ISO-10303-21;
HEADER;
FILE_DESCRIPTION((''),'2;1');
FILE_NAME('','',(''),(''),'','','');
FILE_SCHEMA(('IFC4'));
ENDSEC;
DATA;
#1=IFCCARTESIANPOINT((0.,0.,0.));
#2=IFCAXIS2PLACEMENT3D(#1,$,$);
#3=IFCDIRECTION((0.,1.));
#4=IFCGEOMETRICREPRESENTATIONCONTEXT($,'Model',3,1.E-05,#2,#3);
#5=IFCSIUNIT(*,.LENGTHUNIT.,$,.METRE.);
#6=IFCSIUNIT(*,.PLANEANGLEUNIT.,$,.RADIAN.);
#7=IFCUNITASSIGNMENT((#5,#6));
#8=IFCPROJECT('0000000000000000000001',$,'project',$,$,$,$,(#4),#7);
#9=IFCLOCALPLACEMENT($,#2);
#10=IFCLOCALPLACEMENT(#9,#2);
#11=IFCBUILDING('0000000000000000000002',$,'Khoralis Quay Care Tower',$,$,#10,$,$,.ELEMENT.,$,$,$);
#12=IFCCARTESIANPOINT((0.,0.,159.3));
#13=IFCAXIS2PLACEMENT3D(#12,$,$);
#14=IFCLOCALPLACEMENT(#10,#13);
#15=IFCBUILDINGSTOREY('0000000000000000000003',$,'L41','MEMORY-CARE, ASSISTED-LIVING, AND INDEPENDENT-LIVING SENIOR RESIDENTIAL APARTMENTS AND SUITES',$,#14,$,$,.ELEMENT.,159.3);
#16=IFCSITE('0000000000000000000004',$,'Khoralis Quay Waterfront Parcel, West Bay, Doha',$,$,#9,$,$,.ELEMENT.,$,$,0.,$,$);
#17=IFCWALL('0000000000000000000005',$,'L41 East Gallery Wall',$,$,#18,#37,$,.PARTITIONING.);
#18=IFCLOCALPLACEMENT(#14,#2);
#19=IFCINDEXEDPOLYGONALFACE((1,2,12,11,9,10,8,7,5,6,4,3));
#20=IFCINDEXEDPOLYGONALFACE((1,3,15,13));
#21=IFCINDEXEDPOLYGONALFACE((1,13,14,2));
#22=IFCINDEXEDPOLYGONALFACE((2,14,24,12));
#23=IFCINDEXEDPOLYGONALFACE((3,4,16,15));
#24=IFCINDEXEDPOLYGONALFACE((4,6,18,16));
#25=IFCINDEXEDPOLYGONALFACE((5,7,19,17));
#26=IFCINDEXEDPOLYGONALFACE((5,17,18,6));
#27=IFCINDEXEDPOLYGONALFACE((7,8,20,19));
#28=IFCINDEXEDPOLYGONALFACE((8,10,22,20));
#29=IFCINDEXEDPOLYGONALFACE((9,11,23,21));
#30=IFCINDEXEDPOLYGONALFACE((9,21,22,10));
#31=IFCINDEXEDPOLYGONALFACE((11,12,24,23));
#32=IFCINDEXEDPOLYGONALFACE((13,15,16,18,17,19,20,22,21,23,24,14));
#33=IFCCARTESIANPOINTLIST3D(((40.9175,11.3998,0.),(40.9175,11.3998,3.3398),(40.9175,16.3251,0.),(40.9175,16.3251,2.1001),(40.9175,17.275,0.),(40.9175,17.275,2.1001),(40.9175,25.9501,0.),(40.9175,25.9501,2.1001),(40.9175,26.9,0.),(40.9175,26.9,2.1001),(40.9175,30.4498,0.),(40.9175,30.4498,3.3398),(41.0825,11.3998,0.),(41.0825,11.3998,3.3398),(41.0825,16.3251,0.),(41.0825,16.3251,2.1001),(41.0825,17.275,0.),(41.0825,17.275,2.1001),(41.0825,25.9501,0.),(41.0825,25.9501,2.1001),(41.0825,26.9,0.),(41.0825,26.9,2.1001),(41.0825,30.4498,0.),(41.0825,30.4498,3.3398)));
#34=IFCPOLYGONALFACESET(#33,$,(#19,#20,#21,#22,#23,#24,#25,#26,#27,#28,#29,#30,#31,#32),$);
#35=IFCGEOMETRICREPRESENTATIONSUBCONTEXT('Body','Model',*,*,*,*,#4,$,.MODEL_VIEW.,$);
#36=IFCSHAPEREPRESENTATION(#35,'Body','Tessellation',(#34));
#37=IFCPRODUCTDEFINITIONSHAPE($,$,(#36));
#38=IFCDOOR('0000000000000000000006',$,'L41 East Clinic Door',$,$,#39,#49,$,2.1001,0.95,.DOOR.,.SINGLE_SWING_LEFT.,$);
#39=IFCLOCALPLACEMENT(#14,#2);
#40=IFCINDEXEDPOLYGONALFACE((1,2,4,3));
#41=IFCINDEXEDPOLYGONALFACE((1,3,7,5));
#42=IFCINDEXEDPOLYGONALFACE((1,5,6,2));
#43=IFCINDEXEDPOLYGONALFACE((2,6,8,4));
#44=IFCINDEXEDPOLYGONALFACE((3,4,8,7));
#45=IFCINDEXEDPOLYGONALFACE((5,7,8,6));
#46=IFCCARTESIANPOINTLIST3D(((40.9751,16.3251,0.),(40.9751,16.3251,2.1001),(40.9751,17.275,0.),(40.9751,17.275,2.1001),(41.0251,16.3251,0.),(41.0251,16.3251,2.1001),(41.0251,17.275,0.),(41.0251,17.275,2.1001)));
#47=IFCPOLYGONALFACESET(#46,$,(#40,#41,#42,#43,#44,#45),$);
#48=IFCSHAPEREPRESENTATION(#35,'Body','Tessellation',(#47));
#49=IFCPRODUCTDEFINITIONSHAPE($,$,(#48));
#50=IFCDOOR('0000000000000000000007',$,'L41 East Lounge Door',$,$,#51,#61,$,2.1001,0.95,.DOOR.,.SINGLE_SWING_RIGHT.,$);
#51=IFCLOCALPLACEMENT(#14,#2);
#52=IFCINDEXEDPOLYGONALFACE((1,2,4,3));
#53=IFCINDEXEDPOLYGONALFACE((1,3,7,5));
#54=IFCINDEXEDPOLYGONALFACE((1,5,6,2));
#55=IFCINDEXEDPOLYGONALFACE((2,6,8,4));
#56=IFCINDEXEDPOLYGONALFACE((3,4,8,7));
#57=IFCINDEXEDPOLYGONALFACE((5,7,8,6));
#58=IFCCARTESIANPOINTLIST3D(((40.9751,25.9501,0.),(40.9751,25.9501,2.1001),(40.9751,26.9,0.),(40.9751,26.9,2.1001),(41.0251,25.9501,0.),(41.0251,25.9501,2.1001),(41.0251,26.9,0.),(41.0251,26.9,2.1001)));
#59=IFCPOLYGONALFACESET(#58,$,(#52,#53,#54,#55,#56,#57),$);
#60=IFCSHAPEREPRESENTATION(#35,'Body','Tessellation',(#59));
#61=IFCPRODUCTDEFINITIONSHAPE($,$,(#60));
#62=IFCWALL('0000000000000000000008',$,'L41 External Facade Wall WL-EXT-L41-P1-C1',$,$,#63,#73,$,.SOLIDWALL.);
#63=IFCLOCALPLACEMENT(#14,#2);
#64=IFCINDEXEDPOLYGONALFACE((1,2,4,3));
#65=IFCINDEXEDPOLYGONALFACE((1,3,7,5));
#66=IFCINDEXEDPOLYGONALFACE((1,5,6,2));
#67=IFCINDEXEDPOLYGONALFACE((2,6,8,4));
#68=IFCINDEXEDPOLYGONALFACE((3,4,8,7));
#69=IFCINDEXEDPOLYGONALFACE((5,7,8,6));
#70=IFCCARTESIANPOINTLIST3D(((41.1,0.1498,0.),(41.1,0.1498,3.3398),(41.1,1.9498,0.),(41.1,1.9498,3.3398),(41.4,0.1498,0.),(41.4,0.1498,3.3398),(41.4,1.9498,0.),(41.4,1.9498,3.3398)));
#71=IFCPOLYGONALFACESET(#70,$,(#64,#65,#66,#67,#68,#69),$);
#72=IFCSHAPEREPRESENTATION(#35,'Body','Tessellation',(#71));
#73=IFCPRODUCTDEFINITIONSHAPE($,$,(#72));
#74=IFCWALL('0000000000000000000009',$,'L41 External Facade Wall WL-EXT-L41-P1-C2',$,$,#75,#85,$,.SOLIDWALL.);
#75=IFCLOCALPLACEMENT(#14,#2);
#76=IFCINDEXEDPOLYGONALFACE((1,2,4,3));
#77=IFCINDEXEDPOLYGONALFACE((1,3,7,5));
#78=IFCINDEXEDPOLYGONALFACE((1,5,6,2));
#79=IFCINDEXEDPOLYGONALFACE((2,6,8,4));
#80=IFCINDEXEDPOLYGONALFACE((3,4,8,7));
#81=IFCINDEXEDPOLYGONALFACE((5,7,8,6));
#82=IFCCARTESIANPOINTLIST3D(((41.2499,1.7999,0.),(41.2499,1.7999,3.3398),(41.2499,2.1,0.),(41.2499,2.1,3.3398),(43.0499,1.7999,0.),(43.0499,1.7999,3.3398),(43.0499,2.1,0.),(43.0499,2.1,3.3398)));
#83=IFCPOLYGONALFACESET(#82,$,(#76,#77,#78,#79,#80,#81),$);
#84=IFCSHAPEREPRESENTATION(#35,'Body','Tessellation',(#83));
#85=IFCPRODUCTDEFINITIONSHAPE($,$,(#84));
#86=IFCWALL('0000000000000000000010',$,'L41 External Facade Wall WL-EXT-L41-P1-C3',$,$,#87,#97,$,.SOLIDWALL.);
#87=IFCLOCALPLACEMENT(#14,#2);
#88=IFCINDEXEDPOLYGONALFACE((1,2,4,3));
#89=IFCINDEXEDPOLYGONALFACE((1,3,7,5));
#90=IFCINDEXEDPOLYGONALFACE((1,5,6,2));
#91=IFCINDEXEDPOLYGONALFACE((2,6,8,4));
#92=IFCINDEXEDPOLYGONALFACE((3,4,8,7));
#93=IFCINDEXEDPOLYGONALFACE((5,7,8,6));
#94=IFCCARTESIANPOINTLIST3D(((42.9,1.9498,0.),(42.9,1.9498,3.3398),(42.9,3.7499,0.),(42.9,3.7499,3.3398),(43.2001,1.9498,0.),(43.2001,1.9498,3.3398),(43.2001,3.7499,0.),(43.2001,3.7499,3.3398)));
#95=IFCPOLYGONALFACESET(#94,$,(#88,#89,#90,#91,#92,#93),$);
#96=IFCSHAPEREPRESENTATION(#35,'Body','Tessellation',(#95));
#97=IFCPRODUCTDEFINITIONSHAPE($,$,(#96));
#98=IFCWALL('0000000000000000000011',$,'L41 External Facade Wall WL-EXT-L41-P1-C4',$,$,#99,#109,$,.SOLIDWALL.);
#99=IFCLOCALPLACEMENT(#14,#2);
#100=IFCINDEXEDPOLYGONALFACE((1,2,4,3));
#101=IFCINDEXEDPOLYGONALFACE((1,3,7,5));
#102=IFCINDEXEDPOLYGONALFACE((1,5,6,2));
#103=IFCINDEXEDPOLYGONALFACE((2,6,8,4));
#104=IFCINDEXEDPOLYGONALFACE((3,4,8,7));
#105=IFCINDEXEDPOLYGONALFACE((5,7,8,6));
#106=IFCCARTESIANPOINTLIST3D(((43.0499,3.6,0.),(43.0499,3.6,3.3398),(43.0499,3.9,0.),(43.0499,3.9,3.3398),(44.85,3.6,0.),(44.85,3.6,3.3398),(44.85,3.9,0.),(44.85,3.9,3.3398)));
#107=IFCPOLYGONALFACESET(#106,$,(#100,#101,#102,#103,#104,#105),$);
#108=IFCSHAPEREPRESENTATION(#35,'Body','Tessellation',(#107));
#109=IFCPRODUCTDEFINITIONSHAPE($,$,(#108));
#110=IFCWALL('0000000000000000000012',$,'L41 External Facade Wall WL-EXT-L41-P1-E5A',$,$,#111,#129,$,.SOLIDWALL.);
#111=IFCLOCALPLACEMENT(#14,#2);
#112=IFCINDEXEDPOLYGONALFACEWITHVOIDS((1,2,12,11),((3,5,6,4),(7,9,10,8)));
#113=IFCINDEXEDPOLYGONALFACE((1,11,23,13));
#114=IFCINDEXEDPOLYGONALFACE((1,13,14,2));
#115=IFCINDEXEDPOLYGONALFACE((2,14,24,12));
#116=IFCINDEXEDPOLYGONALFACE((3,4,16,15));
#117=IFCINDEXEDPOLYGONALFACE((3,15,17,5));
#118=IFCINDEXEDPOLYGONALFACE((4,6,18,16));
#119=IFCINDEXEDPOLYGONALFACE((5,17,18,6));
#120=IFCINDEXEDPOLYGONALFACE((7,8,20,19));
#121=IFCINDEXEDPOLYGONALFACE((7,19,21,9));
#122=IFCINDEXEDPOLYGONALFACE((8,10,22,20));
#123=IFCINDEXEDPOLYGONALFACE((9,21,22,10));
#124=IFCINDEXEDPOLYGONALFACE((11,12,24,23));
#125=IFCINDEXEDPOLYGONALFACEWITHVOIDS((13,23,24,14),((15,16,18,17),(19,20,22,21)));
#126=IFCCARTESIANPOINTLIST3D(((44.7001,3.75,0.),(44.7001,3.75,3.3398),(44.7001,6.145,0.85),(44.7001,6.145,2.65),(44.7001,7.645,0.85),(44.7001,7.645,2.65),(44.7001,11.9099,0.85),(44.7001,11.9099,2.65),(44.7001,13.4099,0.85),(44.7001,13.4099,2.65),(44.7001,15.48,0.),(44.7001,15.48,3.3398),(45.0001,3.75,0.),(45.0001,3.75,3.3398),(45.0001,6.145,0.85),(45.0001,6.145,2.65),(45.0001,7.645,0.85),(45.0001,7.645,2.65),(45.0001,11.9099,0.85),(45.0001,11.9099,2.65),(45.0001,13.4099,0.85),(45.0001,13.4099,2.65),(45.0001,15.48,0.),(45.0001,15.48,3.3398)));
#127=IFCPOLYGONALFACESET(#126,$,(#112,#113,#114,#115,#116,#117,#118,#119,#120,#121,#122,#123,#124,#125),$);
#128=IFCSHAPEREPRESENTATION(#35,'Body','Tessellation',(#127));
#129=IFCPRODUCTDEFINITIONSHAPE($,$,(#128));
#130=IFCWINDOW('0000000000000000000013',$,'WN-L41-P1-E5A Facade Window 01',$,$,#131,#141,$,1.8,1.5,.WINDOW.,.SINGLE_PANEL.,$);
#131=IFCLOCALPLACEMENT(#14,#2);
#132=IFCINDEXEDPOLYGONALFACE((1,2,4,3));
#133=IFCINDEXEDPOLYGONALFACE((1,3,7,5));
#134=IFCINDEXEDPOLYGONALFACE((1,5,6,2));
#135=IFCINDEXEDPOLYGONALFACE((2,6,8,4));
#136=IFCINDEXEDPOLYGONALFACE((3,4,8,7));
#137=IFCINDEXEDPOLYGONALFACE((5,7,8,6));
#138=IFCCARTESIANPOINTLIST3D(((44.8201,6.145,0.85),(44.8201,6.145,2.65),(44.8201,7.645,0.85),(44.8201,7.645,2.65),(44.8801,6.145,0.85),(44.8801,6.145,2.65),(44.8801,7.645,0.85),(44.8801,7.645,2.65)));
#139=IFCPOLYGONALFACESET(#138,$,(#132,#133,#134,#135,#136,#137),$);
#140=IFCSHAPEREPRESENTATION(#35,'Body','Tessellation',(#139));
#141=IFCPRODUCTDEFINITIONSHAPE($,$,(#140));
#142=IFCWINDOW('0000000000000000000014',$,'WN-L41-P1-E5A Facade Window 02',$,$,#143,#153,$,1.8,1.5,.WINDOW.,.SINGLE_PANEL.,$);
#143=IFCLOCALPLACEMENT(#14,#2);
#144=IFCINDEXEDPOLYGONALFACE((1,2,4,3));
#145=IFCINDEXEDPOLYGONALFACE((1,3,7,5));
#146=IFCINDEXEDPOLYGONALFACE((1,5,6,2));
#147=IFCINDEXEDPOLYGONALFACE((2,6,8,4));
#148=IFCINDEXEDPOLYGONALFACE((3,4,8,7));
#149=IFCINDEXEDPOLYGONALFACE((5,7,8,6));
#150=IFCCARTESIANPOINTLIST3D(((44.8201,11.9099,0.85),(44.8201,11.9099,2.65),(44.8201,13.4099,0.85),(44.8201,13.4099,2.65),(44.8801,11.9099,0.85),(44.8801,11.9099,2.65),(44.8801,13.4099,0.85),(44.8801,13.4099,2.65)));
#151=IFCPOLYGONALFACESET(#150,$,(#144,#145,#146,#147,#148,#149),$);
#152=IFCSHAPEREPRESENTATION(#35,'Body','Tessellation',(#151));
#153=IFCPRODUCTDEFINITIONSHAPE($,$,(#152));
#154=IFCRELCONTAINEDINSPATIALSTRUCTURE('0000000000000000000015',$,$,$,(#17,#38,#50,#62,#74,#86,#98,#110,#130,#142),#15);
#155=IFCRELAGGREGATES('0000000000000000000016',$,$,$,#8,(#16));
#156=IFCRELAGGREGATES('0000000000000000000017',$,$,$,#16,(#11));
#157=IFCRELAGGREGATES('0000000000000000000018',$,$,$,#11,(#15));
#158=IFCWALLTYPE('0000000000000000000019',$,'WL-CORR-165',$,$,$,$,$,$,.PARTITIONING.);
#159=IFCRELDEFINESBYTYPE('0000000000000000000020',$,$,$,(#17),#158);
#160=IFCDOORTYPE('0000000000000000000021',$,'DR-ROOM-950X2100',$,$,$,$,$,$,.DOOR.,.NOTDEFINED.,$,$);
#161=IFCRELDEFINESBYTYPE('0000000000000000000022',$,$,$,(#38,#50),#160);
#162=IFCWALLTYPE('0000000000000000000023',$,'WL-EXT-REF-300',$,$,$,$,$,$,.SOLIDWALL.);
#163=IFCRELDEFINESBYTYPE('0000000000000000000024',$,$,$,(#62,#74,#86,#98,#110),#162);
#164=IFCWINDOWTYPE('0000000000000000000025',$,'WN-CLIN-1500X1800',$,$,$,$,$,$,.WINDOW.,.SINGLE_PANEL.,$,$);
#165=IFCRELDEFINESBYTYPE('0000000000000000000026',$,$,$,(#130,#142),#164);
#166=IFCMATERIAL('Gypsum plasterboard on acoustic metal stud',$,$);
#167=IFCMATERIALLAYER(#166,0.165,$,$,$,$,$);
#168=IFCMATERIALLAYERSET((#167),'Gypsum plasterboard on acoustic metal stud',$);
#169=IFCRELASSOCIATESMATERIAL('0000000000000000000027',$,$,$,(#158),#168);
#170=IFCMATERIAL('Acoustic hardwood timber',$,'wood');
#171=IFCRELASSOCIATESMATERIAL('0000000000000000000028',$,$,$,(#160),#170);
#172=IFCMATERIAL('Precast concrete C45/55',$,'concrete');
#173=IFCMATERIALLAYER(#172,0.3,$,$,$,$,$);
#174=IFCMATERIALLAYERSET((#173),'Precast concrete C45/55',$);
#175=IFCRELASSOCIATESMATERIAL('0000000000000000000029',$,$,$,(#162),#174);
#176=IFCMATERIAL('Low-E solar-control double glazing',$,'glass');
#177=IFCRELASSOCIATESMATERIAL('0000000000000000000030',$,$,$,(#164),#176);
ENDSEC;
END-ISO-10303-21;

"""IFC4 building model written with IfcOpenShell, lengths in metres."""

from ifc_helpers import new_model, si_unit, direction, frame, frame_2d, origin, place, context, subcontext, project, spatial, rectangle, extrude, source, transform, mapped, material, layer, layer_set, type_object, element, fill, save


model = new_model("IFC4")

# Units and contexts
model_context = context("Model", 3, precision=1e-05, world=origin(), true_north=direction((0.0, 1.0)))
body_context = subcontext(model_context, "Body", "Model", "MODEL_VIEW")
ifc_project = project(units=[si_unit("LENGTHUNIT", "METRE"), si_unit("PLANEANGLEUNIT", "RADIAN")], contexts=[model_context])

# Site, building, storey
site_placement = place(None, origin())
site = spatial("IfcSite", under=ifc_project, at=site_placement, Name="Khoralis Quay Waterfront Parcel, West Bay, Doha", CompositionType="ELEMENT", RefElevation=0.0)
building_placement = place(site_placement, origin())
building = spatial("IfcBuilding", under=site, at=building_placement, Name="Khoralis Quay Care Tower", CompositionType="ELEMENT")
storey_placement = place(building_placement, frame((0.0, 0.0, 159.3)))
storey = spatial("IfcBuildingStorey", under=building, at=storey_placement, Name="L41", Description="MEMORY-CARE, ASSISTED-LIVING, AND INDEPENDENT-LIVING SENIOR RESIDENTIAL APARTMENTS AND SUITES", CompositionType="ELEMENT", Elevation=159.3)

# Shared definitions
ifc_material_1 = material(Name="Gypsum plasterboard on acoustic metal stud")

# Wall, openings, doors
ifc_layer_1 = layer(ifc_material_1, 0.165)
ifc_layer_set_1 = layer_set([ifc_layer_1], Name="Gypsum plasterboard on acoustic metal stud")
wall_type_1 = type_object("IfcWallType", Name="WL-CORR-165", PredefinedType="PARTITIONING", material=ifc_layer_set_1)
wall_1_placement = place(storey_placement, frame((41.0, 11.3999, 0.0), z_axis=(0.0, 0.0, 1.0), x_axis=(0.0, 1.0, 0.0)))
wall_1 = element("IfcWall", 1, at=wall_1_placement, inside=storey, type_object=wall_type_1, Name="L41 East Gallery Wall", PredefinedType="PARTITIONING", context=body_context, shape_type="SweptSolid", body=[
    extrude(rectangle(XDim=19.05, YDim=0.165, at=frame_2d((9.5249, 0.0))), origin(), (0.0, 0.0, 1.0), 3.3398),
])
opening_1_placement = place(wall_1_placement, frame((4.925, 0.0, 0.0)))
opening_1 = element("IfcOpeningElement", 2, at=opening_1_placement, cuts=wall_1, PredefinedType="OPENING", context=body_context, shape_type="SweptSolid", body=[
    extrude(rectangle(XDim=0.95, YDim=2.1001, at=frame_2d((0.4751, 1.05))), frame((0.0, 0.0925, 0.0), z_axis=(0.0, -1.0, 0.0), x_axis=(1.0, 0.0, 0.0)), (0.0, 0.0, 1.0), 0.1851),
])
opening_2_placement = place(wall_1_placement, frame((14.55, 0.0, 0.0)))
opening_2 = element("IfcOpeningElement", 3, at=opening_2_placement, cuts=wall_1, PredefinedType="OPENING", context=body_context, shape_type="SweptSolid", body=[
    extrude(rectangle(XDim=0.95, YDim=2.1001, at=frame_2d((0.4751, 1.05))), frame((0.0, 0.0925, 0.0), z_axis=(0.0, -1.0, 0.0), x_axis=(1.0, 0.0, 0.0)), (0.0, 0.0, 1.0), 0.1851),
])
ifc_material_2 = material(Name="Acoustic hardwood timber", Category="wood")
door_type_1 = type_object("IfcDoorType", Name="DR-ROOM-950X2100", OperationType="NOTDEFINED", PredefinedType="DOOR", material=ifc_material_2)
shared_shape_1 = source(origin(), body_context, "Body", "SweptSolid", [
    extrude(rectangle(XDim=0.95, YDim=2.1001, at=frame_2d((0.4751, 1.05))), frame((0.0, 0.0249, 0.0), z_axis=(0.0, -1.0, 0.0), x_axis=(1.0, 0.0, 0.0)), (0.0, 0.0, 1.0), 0.05),
])
door_1_placement = place(opening_1_placement, origin())
door_1 = element("IfcDoor", 4, at=door_1_placement, inside=storey, type_object=door_type_1, Name="L41 East Clinic Door", OperationType="SINGLE_SWING_LEFT", OverallHeight=2.1001, OverallWidth=0.95, PredefinedType="DOOR", context=body_context, shape_type="MappedRepresentation", body=[
    mapped(shared_shape_1, transform((0.0, 0.0, 0.0), scale=1.0)),
])
fill(opening_1, door_1)
door_2_placement = place(opening_2_placement, origin())
door_2 = element("IfcDoor", 5, at=door_2_placement, inside=storey, type_object=door_type_1, Name="L41 East Lounge Door", OperationType="SINGLE_SWING_RIGHT", OverallHeight=2.1001, OverallWidth=0.95, PredefinedType="DOOR", context=body_context, shape_type="MappedRepresentation", body=[
    mapped(shared_shape_1, transform((0.0, 0.0, 0.0), scale=1.0)),
])
fill(opening_2, door_2)

# Walls
ifc_material_3 = material(Name="Precast concrete C45/55", Category="concrete")
ifc_layer_2 = layer(ifc_material_3, 0.3)
ifc_layer_set_2 = layer_set([ifc_layer_2], Name="Precast concrete C45/55")
wall_type_2 = type_object("IfcWallType", Name="WL-EXT-REF-300", PredefinedType="SOLIDWALL", material=ifc_layer_set_2)
for number, where, z_axis, x_axis, name in (
    (6, (41.25, 0.1499, 0.0), (0.0, 0.0, 1.0), (0.0, 1.0, 0.0), "L41 External Facade Wall WL-EXT-L41-P1-C1"),
    (7, (41.25, 1.95, 0.0), (0.0, 0.0, 1.0), (1.0, 0.0, 0.0), "L41 External Facade Wall WL-EXT-L41-P1-C2"),
    (8, (43.05, 1.95, 0.0), (0.0, 0.0, 1.0), (0.0, 1.0, 0.0), "L41 External Facade Wall WL-EXT-L41-P1-C3"),
    (9, (43.05, 3.75, 0.0), (0.0, 0.0, 1.0), (1.0, 0.0, 0.0), "L41 External Facade Wall WL-EXT-L41-P1-C4"),
):
    element("IfcWall", number, at=place(storey_placement, frame(where, z_axis=z_axis, x_axis=x_axis)), inside=storey, type_object=wall_type_2, Name=name, PredefinedType="SOLIDWALL", context=body_context, shape_type="SweptSolid", body=[
        extrude(rectangle(XDim=1.8, YDim=0.3, at=frame_2d((0.8999, 0.0))), origin(), (0.0, 0.0, 1.0), 3.3398),
    ])

# Wall, openings, windows
wall_2_placement = place(storey_placement, frame((44.8501, 3.75, 0.0), z_axis=(0.0, 0.0, 1.0), x_axis=(0.0, 1.0, 0.0)))
wall_2 = element("IfcWall", 10, at=wall_2_placement, inside=storey, type_object=wall_type_2, Name="L41 External Facade Wall WL-EXT-L41-P1-E5A", PredefinedType="SOLIDWALL", context=body_context, shape_type="SweptSolid", body=[
    extrude(rectangle(XDim=11.73, YDim=0.3, at=frame_2d((5.865, 0.0))), origin(), (0.0, 0.0, 1.0), 3.3398),
])
opening_3_placement = place(wall_2_placement, frame((2.395, 0.0, 0.8501)))
opening_3 = element("IfcOpeningElement", 11, at=opening_3_placement, cuts=wall_2, PredefinedType="OPENING", context=body_context, shape_type="SweptSolid", body=[
    extrude(rectangle(XDim=1.5, YDim=1.8, at=frame_2d((0.75, 0.8999))), frame((0.0, 0.1602, 0.0), z_axis=(0.0, -1.0, 0.0), x_axis=(1.0, 0.0, 0.0)), (0.0, 0.0, 1.0), 0.3201),
])
opening_4_placement = place(wall_2_placement, frame((8.1599, 0.0, 0.8501)))
opening_4 = element("IfcOpeningElement", 12, at=opening_4_placement, cuts=wall_2, PredefinedType="OPENING", context=body_context, shape_type="SweptSolid", body=[
    extrude(rectangle(XDim=1.5, YDim=1.8, at=frame_2d((0.75, 0.8999))), frame((0.0, 0.1602, 0.0), z_axis=(0.0, -1.0, 0.0), x_axis=(1.0, 0.0, 0.0)), (0.0, 0.0, 1.0), 0.3201),
])
ifc_material_4 = material(Name="Low-E solar-control double glazing", Category="glass")
window_type = type_object("IfcWindowType", Name="WN-CLIN-1500X1800", PartitioningType="SINGLE_PANEL", PredefinedType="WINDOW", material=ifc_material_4)
shared_shape_2 = source(origin(), body_context, "Body", "SweptSolid", [
    extrude(rectangle(XDim=1.5, YDim=1.8, at=frame_2d((0.75, 0.8999))), frame((0.0, 0.03, 0.0), z_axis=(0.0, -1.0, 0.0), x_axis=(1.0, 0.0, 0.0)), (0.0, 0.0, 1.0), 0.0601),
])
window_1_placement = place(opening_3_placement, origin())
window_1 = element("IfcWindow", 13, at=window_1_placement, inside=storey, type_object=window_type, Name="WN-L41-P1-E5A Facade Window 01", OverallHeight=1.8, OverallWidth=1.5, PartitioningType="SINGLE_PANEL", PredefinedType="WINDOW", context=body_context, shape_type="MappedRepresentation", body=[
    mapped(shared_shape_2, transform((0.0, 0.0, 0.0), scale=1.0)),
])
fill(opening_3, window_1)
window_2_placement = place(opening_4_placement, origin())
window_2 = element("IfcWindow", 14, at=window_2_placement, inside=storey, type_object=window_type, Name="WN-L41-P1-E5A Facade Window 02", OverallHeight=1.8, OverallWidth=1.5, PartitioningType="SINGLE_PANEL", PredefinedType="WINDOW", context=body_context, shape_type="MappedRepresentation", body=[
    mapped(shared_shape_2, transform((0.0, 0.0, 0.0), scale=1.0)),
])
fill(opening_4, window_2)

save(model, "model.ifc")
